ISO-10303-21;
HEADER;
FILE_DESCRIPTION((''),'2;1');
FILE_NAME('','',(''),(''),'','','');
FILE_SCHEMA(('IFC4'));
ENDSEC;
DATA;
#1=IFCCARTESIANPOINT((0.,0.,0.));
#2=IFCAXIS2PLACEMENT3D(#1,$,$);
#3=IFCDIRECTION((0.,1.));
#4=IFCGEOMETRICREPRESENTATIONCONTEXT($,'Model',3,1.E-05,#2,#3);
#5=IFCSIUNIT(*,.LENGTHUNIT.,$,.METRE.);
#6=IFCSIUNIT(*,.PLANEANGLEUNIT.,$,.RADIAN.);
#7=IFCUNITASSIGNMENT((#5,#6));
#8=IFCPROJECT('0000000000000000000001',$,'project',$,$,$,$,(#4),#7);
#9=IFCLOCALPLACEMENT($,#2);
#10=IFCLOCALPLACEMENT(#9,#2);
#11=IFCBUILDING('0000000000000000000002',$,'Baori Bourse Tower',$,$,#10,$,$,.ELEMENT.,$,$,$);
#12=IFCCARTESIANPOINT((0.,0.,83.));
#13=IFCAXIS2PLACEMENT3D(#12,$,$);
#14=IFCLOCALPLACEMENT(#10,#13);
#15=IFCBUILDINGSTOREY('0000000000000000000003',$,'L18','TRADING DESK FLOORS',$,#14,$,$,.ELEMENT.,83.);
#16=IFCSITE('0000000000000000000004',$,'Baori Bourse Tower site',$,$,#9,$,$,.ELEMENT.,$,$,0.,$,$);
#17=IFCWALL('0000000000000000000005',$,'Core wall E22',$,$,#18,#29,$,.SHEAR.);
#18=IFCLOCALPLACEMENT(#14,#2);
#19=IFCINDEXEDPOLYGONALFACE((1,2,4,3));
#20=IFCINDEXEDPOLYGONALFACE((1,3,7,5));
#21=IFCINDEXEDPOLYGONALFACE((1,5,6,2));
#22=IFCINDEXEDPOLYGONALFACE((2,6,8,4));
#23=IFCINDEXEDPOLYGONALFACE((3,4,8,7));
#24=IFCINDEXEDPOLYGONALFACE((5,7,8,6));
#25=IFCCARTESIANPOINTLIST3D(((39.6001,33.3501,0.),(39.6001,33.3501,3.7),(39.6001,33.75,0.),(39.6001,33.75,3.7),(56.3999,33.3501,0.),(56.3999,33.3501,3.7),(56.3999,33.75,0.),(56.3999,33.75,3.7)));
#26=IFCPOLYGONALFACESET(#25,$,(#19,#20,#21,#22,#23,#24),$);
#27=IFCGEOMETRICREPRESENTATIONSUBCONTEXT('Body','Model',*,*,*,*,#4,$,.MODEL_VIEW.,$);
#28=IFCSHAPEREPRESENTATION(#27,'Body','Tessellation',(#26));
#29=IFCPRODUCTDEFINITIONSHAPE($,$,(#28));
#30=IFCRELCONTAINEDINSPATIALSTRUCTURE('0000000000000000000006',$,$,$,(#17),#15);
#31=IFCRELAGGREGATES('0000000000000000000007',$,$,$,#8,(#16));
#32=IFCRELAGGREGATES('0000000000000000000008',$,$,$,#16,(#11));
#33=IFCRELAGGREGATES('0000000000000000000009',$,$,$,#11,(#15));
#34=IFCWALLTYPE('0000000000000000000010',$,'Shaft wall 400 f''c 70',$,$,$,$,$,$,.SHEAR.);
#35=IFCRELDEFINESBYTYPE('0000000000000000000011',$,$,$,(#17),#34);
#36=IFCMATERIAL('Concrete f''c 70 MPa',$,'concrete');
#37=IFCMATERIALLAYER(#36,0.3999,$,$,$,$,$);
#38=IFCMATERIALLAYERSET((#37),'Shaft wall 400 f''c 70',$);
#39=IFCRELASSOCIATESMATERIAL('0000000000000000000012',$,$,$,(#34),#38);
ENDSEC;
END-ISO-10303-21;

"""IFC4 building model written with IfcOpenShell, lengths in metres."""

from ifc_helpers import new_model, si_unit, direction, frame, frame_2d, origin, place, context, subcontext, project, spatial, rectangle, extrude, material, layer, layer_set, type_object, element, save


model = new_model("IFC4")

# Units and contexts
model_context = context("Model", 3, precision=1e-05, world=origin(), true_north=direction((0.0, 1.0)))
body_context = subcontext(model_context, "Body", "Model", "MODEL_VIEW")
ifc_project = project(units=[si_unit("LENGTHUNIT", "METRE"), si_unit("PLANEANGLEUNIT", "RADIAN")], contexts=[model_context])

# Site, building, storey
site_placement = place(None, origin())
site = spatial("IfcSite", under=ifc_project, at=site_placement, Name="Baori Bourse Tower site", CompositionType="ELEMENT", RefElevation=0.0)
building_placement = place(site_placement, origin())
building = spatial("IfcBuilding", under=site, at=building_placement, Name="Baori Bourse Tower", CompositionType="ELEMENT")
storey_placement = place(building_placement, frame((0.0, 0.0, 83.0)))
storey = spatial("IfcBuildingStorey", under=building, at=storey_placement, Name="L18", Description="TRADING DESK FLOORS", CompositionType="ELEMENT", Elevation=83.0)

# Shared definitions
ifc_material_1 = material(Name="Concrete f'c 70 MPa", Category="concrete")
ifc_layer_1 = layer(ifc_material_1, 0.3999)
ifc_layer_set_1 = layer_set([ifc_layer_1], Name="Shaft wall 400 f'c 70")
wall_type_1 = type_object("IfcWallType", Name="Shaft wall 400 f'c 70", PredefinedType="SHEAR", material=ifc_layer_set_1)

# Wall
wall_1_placement = place(storey_placement, frame((39.6001, 33.55, 0.0), z_axis=(0.0, 0.0, 1.0), x_axis=(1.0, 0.0, 0.0)))
element("IfcWall", 1, at=wall_1_placement, inside=storey, type_object=wall_type_1, Name="Core wall E22", PredefinedType="SHEAR", context=body_context, shape_type="SweptSolid", body=[
    extrude(rectangle(XDim=16.7998, YDim=0.3999, at=frame_2d((8.3999, 0.0))), origin(), (0.0, 0.0, 1.0), 3.7),
])

save(model, "model.ifc")
